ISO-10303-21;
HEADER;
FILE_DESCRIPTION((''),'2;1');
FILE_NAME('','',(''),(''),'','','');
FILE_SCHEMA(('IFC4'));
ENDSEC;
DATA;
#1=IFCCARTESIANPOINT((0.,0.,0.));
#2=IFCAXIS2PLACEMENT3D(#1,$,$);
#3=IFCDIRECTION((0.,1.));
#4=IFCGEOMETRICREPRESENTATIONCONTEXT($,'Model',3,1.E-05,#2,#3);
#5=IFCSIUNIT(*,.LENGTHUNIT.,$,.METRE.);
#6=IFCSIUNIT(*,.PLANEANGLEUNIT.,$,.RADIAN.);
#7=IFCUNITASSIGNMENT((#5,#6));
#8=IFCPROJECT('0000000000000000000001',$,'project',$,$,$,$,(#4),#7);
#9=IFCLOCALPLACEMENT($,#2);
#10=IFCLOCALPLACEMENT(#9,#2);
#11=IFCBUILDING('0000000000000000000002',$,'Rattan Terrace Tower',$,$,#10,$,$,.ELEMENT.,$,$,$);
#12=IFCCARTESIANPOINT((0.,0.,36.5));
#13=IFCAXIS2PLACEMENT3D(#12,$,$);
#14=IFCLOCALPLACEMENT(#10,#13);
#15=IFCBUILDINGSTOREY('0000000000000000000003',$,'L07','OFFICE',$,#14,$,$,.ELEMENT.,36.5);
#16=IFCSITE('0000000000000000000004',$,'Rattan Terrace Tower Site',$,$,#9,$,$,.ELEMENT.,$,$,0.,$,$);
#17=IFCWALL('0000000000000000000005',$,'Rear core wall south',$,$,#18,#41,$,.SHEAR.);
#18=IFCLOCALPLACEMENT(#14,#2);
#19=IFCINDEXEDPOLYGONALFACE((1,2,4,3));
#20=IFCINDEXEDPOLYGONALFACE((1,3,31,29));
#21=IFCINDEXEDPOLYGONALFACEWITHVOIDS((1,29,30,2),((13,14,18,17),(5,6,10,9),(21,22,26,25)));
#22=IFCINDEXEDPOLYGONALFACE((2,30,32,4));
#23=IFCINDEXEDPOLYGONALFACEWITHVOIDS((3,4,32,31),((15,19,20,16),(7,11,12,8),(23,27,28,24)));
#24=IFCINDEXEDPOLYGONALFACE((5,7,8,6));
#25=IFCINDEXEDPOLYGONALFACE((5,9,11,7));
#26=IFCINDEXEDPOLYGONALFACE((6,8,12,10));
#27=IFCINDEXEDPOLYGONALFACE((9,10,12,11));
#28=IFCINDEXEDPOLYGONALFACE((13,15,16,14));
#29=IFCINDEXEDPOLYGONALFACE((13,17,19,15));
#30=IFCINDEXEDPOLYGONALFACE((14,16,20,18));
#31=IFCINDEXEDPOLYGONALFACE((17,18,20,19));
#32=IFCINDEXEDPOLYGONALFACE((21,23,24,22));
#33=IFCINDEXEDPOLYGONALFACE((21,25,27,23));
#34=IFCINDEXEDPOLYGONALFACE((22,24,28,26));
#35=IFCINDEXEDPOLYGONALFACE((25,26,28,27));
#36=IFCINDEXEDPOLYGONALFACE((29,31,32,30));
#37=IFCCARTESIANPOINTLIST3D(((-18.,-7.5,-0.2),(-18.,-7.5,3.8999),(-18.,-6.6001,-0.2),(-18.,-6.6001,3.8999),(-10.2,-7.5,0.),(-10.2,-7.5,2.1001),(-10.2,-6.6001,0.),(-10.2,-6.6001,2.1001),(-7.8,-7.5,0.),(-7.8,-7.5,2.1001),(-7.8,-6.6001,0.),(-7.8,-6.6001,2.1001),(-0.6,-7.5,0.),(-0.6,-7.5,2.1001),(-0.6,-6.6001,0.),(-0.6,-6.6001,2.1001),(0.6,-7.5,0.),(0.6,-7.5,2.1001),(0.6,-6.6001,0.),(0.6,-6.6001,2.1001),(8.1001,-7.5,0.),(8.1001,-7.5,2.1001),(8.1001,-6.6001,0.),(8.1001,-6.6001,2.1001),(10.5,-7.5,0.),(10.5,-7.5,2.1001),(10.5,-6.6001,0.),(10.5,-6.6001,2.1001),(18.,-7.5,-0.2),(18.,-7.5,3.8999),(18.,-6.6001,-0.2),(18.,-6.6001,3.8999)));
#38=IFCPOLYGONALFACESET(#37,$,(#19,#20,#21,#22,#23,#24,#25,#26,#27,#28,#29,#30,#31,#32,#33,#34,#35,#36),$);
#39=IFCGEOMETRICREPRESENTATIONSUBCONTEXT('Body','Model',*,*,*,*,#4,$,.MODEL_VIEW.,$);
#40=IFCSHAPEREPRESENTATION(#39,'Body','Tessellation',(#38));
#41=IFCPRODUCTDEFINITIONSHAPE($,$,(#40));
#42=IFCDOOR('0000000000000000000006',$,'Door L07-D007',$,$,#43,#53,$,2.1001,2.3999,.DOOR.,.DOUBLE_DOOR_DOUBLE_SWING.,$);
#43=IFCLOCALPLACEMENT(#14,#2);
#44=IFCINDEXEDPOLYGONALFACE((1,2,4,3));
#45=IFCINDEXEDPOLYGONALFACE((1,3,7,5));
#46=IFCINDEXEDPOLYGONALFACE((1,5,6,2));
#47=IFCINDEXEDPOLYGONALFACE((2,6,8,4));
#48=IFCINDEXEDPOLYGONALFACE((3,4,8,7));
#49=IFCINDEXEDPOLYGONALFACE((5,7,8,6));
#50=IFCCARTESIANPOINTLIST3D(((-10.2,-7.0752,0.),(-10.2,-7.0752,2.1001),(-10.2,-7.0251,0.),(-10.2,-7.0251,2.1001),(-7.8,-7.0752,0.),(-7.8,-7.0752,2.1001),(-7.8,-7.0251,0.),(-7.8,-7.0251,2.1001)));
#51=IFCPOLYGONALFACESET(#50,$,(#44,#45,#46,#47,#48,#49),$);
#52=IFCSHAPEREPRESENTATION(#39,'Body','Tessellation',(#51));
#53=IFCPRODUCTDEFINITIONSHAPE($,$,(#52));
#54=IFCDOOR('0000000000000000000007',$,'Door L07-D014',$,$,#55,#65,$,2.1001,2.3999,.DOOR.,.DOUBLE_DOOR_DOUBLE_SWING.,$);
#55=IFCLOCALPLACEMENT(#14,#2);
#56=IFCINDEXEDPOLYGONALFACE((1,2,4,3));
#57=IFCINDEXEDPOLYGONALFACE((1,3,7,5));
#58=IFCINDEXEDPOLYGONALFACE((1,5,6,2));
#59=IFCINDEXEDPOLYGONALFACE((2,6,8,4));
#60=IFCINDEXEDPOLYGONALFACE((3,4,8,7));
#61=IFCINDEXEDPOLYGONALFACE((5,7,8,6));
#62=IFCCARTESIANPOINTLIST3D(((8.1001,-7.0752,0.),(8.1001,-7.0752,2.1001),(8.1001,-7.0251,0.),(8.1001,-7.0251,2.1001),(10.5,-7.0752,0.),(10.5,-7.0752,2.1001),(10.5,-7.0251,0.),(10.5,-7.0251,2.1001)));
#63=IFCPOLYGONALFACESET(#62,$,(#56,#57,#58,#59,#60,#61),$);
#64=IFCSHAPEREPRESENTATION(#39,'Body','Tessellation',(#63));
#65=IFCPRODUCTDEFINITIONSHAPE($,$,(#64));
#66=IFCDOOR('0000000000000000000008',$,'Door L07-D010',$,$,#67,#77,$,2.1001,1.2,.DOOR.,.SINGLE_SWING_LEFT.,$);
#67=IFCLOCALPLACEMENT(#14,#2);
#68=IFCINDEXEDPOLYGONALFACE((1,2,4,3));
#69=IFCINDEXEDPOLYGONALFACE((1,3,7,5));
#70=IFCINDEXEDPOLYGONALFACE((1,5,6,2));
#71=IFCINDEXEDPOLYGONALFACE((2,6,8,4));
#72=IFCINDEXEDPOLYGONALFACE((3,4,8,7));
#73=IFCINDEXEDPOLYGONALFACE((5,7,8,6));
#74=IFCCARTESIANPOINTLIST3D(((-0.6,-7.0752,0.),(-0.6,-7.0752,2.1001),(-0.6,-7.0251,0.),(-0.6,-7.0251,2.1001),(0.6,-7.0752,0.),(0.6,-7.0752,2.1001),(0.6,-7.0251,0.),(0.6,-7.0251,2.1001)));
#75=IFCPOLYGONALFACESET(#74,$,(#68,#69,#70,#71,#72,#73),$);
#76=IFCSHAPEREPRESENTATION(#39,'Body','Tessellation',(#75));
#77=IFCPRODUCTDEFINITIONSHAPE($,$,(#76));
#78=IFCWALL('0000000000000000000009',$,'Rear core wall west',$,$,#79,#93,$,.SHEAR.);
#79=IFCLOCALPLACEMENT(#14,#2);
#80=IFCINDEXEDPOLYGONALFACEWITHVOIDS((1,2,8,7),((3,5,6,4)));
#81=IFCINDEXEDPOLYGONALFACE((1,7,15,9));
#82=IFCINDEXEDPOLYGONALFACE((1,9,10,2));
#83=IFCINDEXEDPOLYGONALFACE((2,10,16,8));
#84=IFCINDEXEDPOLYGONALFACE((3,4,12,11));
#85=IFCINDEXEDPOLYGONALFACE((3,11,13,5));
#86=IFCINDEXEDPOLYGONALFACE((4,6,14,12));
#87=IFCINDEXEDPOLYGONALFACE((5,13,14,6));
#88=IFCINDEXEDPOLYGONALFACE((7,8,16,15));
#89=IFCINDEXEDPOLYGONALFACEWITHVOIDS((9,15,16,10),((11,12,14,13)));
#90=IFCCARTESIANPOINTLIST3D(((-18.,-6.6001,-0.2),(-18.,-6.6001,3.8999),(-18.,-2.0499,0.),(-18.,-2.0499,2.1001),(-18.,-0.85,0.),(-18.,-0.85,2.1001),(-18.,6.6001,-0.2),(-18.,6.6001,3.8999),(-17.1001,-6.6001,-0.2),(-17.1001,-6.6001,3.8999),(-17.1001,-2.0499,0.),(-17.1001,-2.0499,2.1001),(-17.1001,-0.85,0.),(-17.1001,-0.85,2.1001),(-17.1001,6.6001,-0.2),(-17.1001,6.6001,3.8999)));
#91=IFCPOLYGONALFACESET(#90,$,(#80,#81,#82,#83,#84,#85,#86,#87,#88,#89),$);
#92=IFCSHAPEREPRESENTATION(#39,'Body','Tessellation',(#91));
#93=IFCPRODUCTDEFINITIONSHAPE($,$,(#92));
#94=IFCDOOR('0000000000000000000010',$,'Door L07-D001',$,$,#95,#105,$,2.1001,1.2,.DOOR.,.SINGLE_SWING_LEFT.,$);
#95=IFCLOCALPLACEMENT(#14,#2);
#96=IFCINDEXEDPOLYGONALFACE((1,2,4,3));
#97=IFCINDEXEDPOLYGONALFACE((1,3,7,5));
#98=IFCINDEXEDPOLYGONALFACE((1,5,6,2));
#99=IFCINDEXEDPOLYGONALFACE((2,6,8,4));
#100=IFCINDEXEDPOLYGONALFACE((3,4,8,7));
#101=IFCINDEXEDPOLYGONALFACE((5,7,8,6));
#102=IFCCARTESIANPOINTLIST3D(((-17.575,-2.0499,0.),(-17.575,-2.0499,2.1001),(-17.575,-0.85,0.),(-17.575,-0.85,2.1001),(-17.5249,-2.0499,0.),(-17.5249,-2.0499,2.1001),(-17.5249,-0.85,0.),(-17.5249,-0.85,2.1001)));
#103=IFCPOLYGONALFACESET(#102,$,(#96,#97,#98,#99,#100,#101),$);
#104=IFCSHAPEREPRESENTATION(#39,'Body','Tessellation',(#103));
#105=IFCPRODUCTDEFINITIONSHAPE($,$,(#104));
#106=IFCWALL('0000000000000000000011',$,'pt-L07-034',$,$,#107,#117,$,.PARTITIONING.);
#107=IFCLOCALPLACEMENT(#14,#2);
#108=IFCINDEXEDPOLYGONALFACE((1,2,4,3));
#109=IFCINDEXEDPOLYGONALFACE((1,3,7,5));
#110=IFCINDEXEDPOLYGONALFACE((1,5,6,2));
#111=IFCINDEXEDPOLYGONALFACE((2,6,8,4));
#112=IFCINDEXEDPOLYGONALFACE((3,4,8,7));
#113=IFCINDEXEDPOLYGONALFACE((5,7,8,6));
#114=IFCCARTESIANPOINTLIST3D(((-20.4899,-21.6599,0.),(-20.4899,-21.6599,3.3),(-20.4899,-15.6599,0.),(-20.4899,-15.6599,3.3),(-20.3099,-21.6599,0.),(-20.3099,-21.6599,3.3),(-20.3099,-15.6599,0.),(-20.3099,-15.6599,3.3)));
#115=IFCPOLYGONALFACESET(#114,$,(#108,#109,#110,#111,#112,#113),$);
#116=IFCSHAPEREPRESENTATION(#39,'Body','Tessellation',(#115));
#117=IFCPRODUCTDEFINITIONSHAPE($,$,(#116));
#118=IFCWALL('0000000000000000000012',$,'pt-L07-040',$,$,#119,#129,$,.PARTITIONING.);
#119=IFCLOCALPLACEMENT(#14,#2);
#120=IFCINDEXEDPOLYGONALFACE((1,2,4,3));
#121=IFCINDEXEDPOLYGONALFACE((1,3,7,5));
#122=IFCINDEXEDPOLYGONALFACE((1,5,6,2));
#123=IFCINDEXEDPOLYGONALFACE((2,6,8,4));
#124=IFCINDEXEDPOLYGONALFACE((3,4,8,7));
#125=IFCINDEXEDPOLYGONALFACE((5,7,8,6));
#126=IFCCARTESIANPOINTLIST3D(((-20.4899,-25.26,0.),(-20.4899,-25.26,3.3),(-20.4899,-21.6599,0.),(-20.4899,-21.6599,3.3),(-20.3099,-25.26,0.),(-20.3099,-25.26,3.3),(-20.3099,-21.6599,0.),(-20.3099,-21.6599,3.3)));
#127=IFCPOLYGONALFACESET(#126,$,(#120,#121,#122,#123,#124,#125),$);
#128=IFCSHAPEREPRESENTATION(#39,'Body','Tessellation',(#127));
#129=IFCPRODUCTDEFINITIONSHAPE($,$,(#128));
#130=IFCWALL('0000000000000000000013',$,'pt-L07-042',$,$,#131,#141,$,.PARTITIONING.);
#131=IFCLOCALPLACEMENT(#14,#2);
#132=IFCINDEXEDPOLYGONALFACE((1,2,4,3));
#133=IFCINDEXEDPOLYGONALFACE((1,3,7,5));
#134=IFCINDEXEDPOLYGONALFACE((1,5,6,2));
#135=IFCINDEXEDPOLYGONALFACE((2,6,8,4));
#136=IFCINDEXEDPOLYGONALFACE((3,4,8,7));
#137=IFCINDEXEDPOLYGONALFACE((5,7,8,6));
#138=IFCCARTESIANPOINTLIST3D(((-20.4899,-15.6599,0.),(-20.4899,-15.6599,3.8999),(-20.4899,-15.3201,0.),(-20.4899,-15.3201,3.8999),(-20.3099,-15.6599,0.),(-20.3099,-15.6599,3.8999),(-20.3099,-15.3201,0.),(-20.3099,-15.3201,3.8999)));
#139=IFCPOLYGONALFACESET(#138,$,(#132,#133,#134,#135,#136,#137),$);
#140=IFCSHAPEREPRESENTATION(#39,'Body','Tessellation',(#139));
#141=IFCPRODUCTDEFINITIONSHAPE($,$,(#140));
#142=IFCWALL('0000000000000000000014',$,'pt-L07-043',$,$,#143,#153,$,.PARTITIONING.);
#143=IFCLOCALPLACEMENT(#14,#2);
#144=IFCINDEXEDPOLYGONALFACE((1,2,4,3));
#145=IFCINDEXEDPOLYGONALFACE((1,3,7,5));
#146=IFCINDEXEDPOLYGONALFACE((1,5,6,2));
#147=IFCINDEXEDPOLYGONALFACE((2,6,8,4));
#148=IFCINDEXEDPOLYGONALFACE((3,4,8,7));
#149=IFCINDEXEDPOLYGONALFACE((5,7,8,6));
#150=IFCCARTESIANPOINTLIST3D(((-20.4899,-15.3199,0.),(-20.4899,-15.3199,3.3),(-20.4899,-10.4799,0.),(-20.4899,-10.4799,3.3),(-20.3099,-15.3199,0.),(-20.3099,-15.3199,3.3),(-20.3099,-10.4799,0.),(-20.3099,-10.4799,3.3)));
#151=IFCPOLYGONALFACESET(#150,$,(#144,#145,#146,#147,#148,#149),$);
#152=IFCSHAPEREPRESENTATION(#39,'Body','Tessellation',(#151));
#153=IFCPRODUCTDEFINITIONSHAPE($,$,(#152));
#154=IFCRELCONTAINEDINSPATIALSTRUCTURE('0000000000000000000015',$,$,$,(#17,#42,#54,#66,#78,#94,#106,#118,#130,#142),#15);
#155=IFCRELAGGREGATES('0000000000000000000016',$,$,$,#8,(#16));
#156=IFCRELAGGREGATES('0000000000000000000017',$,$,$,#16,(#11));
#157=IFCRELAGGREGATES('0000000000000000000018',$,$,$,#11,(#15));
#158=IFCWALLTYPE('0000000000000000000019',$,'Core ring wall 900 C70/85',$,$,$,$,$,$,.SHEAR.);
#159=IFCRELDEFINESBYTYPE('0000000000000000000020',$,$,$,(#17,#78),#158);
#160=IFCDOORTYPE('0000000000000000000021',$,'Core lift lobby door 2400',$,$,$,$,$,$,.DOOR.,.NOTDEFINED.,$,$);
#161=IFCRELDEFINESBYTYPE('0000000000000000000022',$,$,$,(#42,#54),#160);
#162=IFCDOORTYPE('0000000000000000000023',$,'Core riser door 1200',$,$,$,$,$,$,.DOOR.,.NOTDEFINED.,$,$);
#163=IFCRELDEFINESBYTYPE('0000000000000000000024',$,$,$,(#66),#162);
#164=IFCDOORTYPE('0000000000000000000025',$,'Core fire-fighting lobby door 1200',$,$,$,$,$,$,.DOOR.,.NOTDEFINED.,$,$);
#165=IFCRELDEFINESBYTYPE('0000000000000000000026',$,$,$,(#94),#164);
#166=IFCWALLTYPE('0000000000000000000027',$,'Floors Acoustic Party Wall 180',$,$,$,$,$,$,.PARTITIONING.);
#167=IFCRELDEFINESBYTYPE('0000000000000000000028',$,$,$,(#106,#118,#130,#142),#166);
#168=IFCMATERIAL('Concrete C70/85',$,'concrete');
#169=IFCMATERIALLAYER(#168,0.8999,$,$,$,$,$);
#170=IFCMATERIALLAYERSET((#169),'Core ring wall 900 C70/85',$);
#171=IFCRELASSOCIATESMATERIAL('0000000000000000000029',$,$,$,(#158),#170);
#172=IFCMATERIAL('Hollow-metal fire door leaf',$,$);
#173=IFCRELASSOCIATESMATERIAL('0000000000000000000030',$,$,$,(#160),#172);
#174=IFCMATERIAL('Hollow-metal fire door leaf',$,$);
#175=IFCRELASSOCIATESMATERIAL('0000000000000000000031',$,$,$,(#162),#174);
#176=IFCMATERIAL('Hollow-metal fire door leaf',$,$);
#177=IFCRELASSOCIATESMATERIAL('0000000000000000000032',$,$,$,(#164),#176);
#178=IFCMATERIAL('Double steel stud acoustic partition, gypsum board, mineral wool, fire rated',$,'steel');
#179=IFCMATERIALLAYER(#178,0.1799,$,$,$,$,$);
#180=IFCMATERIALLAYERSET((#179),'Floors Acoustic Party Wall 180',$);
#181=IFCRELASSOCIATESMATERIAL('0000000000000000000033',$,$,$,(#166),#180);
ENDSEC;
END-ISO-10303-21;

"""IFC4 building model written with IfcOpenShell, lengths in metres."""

from ifc_helpers import new_model, si_unit, direction, frame, frame_2d, origin, place, context, subcontext, project, spatial, rectangle, extrude, material, layer, layer_set, type_object, element, fill, save


model = new_model("IFC4")

# Units and contexts
model_context = context("Model", 3, precision=1e-05, world=origin(), true_north=direction((0.0, 1.0)))
body_context = subcontext(model_context, "Body", "Model", "MODEL_VIEW")
ifc_project = project(units=[si_unit("LENGTHUNIT", "METRE"), si_unit("PLANEANGLEUNIT", "RADIAN")], contexts=[model_context])

# Site, building, storey
site_placement = place(None, origin())
site = spatial("IfcSite", under=ifc_project, at=site_placement, Name="Rattan Terrace Tower Site", CompositionType="ELEMENT", RefElevation=0.0)
building_placement = place(site_placement, origin())
building = spatial("IfcBuilding", under=site, at=building_placement, Name="Rattan Terrace Tower", CompositionType="ELEMENT")
storey_placement = place(building_placement, frame((0.0, 0.0, 36.5)))
storey = spatial("IfcBuildingStorey", under=building, at=storey_placement, Name="L07", Description="OFFICE", CompositionType="ELEMENT", Elevation=36.5)

# Wall, openings, doors
ifc_material_1 = material(Name="Concrete C70/85", Category="concrete")
ifc_layer_1 = layer(ifc_material_1, 0.8999)
ifc_layer_set_1 = layer_set([ifc_layer_1], Name="Core ring wall 900 C70/85")
wall_type_1 = type_object("IfcWallType", Name="Core ring wall 900 C70/85", PredefinedType="SHEAR", material=ifc_layer_set_1)
wall_1_placement = place(storey_placement, frame((-18.0, -7.05, -0.2), z_axis=(0.0, 0.0, 1.0), x_axis=(1.0, 0.0, 0.0)))
wall_1 = element("IfcWall", 1, at=wall_1_placement, inside=storey, type_object=wall_type_1, Name="Rear core wall south", PredefinedType="SHEAR", context=body_context, shape_type="SweptSolid", body=[
    extrude(rectangle(XDim=36.0, YDim=0.8999, at=frame_2d((18.0, 0.0))), origin(), (0.0, 0.0, 1.0), 4.0999),
])
opening_1_placement = place(wall_1_placement, frame((7.8, 0.0, 0.2)))
opening_1 = element("IfcOpeningElement", 2, at=opening_1_placement, cuts=wall_1, PredefinedType="OPENING", context=body_context, shape_type="SweptSolid", body=[
    extrude(rectangle(XDim=2.3999, YDim=2.1001, at=frame_2d((1.2, 1.05))), frame((0.0, 0.4604, 0.0), z_axis=(0.0, -1.0, 0.0), x_axis=(1.0, 0.0, 0.0)), (0.0, 0.0, 1.0), 0.9209),
])
opening_2_placement = place(wall_1_placement, frame((17.3999, 0.0, 0.2)))
opening_2 = element("IfcOpeningElement", 3, at=opening_2_placement, cuts=wall_1, PredefinedType="OPENING", context=body_context, shape_type="SweptSolid", body=[
    extrude(rectangle(XDim=1.2, YDim=2.1001, at=frame_2d((0.6001, 1.05))), frame((0.0, 0.4604, 0.0), z_axis=(0.0, -1.0, 0.0), x_axis=(1.0, 0.0, 0.0)), (0.0, 0.0, 1.0), 0.9209),
])
opening_3_placement = place(wall_1_placement, frame((26.1001, 0.0, 0.2)))
opening_3 = element("IfcOpeningElement", 4, at=opening_3_placement, cuts=wall_1, PredefinedType="OPENING", context=body_context, shape_type="SweptSolid", body=[
    extrude(rectangle(XDim=2.3999, YDim=2.1001, at=frame_2d((1.2, 1.05))), frame((0.0, 0.4604, 0.0), z_axis=(0.0, -1.0, 0.0), x_axis=(1.0, 0.0, 0.0)), (0.0, 0.0, 1.0), 0.9209),
])
ifc_material_2 = material(Name="Hollow-metal fire door leaf")
door_type_1 = type_object("IfcDoorType", Name="Core lift lobby door 2400", OperationType="NOTDEFINED", PredefinedType="DOOR", material=ifc_material_2)
door_1_placement = place(opening_1_placement, origin())
door_1 = element("IfcDoor", 5, at=door_1_placement, inside=storey, type_object=door_type_1, Name="Door L07-D007", OperationType="DOUBLE_DOOR_DOUBLE_SWING", OverallHeight=2.1001, OverallWidth=2.3999, PredefinedType="DOOR", context=body_context, shape_type="SweptSolid", body=[
    extrude(rectangle(XDim=2.3999, YDim=2.1001, at=frame_2d((1.2, 1.05))), frame((0.0, 0.0249, 0.0), z_axis=(0.0, -1.0, 0.0), x_axis=(1.0, 0.0, 0.0)), (0.0, 0.0, 1.0), 0.05),
])
fill(opening_1, door_1)
door_2_placement = place(opening_3_placement, origin())
door_2 = element("IfcDoor", 6, at=door_2_placement, inside=storey, type_object=door_type_1, Name="Door L07-D014", OperationType="DOUBLE_DOOR_DOUBLE_SWING", OverallHeight=2.1001, OverallWidth=2.3999, PredefinedType="DOOR", context=body_context, shape_type="SweptSolid", body=[
    extrude(rectangle(XDim=2.3999, YDim=2.1001, at=frame_2d((1.2, 1.05))), frame((0.0, 0.0249, 0.0), z_axis=(0.0, -1.0, 0.0), x_axis=(1.0, 0.0, 0.0)), (0.0, 0.0, 1.0), 0.05),
])
fill(opening_3, door_2)
ifc_material_3 = material(Name="Hollow-metal fire door leaf")
door_type_2 = type_object("IfcDoorType", Name="Core riser door 1200", OperationType="NOTDEFINED", PredefinedType="DOOR", material=ifc_material_3)
door_3_placement = place(opening_2_placement, origin())
door_3 = element("IfcDoor", 7, at=door_3_placement, inside=storey, type_object=door_type_2, Name="Door L07-D010", OperationType="SINGLE_SWING_LEFT", OverallHeight=2.1001, OverallWidth=1.2, PredefinedType="DOOR", context=body_context, shape_type="SweptSolid", body=[
    extrude(rectangle(XDim=1.2, YDim=2.1001, at=frame_2d((0.6001, 1.05))), frame((0.0, 0.0249, 0.0), z_axis=(0.0, -1.0, 0.0), x_axis=(1.0, 0.0, 0.0)), (0.0, 0.0, 1.0), 0.05),
])
fill(opening_2, door_3)

# Wall, opening, door
wall_2_placement = place(storey_placement, frame((-17.55, -6.6001, -0.2), z_axis=(0.0, 0.0, 1.0), x_axis=(0.0, 1.0, 0.0)))
wall_2 = element("IfcWall", 8, at=wall_2_placement, inside=storey, type_object=wall_type_1, Name="Rear core wall west", PredefinedType="SHEAR", context=body_context, shape_type="SweptSolid", body=[
    extrude(rectangle(XDim=13.2002, YDim=0.8999, at=frame_2d((6.6001, 0.0))), origin(), (0.0, 0.0, 1.0), 4.0999),
])
opening_4_placement = place(wall_2_placement, frame((4.55, 0.0, 0.2)))
opening_4 = element("IfcOpeningElement", 9, at=opening_4_placement, cuts=wall_2, PredefinedType="OPENING", context=body_context, shape_type="SweptSolid", body=[
    extrude(rectangle(XDim=1.2, YDim=2.1001, at=frame_2d((0.6001, 1.05))), frame((0.0, 0.4604, 0.0), z_axis=(0.0, -1.0, 0.0), x_axis=(1.0, 0.0, 0.0)), (0.0, 0.0, 1.0), 0.9209),
])
ifc_material_4 = material(Name="Hollow-metal fire door leaf")
door_type_3 = type_object("IfcDoorType", Name="Core fire-fighting lobby door 1200", OperationType="NOTDEFINED", PredefinedType="DOOR", material=ifc_material_4)
door_4_placement = place(opening_4_placement, origin())
door_4 = element("IfcDoor", 10, at=door_4_placement, inside=storey, type_object=door_type_3, Name="Door L07-D001", OperationType="SINGLE_SWING_LEFT", OverallHeight=2.1001, OverallWidth=1.2, PredefinedType="DOOR", context=body_context, shape_type="SweptSolid", body=[
    extrude(rectangle(XDim=1.2, YDim=2.1001, at=frame_2d((0.6001, 1.05))), frame((0.0, 0.0249, 0.0), z_axis=(0.0, -1.0, 0.0), x_axis=(1.0, 0.0, 0.0)), (0.0, 0.0, 1.0), 0.05),
])
fill(opening_4, door_4)

# Walls
ifc_material_5 = material(Name="Double steel stud acoustic partition, gypsum board, mineral wool, fire rated", Category="steel")
ifc_layer_2 = layer(ifc_material_5, 0.1799)
ifc_layer_set_2 = layer_set([ifc_layer_2], Name="Floors Acoustic Party Wall 180")
wall_type_2 = type_object("IfcWallType", Name="Floors Acoustic Party Wall 180", PredefinedType="PARTITIONING", material=ifc_layer_set_2)
wall_3_placement = place(storey_placement, frame((-20.3999, -15.6599, 0.0), z_axis=(0.0, 0.0, 1.0), x_axis=(0.0, -1.0, 0.0)))
element("IfcWall", 11, at=wall_3_placement, inside=storey, type_object=wall_type_2, Name="pt-L07-034", PredefinedType="PARTITIONING", context=body_context, shape_type="SweptSolid", body=[
    extrude(rectangle(XDim=6.0, YDim=0.1799, at=frame_2d((3.0, 0.0))), origin(), (0.0, 0.0, 1.0), 3.3),
])
wall_4_placement = place(storey_placement, frame((-20.3999, -21.6599, 0.0), z_axis=(0.0, 0.0, 1.0), x_axis=(0.0, -1.0, 0.0)))
element("IfcWall", 12, at=wall_4_placement, inside=storey, type_object=wall_type_2, Name="pt-L07-040", PredefinedType="PARTITIONING", context=body_context, shape_type="SweptSolid", body=[
    extrude(rectangle(XDim=3.6001, YDim=0.1799, at=frame_2d((1.8, 0.0))), origin(), (0.0, 0.0, 1.0), 3.3),
])
wall_5_placement = place(storey_placement, frame((-20.3999, -15.3201, 0.0), z_axis=(0.0, 0.0, 1.0), x_axis=(0.0, -1.0, 0.0)))
element("IfcWall", 13, at=wall_5_placement, inside=storey, type_object=wall_type_2, Name="pt-L07-042", PredefinedType="PARTITIONING", context=body_context, shape_type="SweptSolid", body=[
    extrude(rectangle(XDim=0.3398, YDim=0.1799, at=frame_2d((0.1699, 0.0))), origin(), (0.0, 0.0, 1.0), 3.8999),
])
wall_6_placement = place(storey_placement, frame((-20.3999, -10.48, 0.0), z_axis=(0.0, 0.0, 1.0), x_axis=(0.0, -1.0, 0.0)))
element("IfcWall", 14, at=wall_6_placement, inside=storey, type_object=wall_type_2, Name="pt-L07-043", PredefinedType="PARTITIONING", context=body_context, shape_type="SweptSolid", body=[
    extrude(rectangle(XDim=4.8401, YDim=0.1799, at=frame_2d((2.4199, 0.0))), origin(), (0.0, 0.0, 1.0), 3.3),
])

save(model, "model.ifc")
